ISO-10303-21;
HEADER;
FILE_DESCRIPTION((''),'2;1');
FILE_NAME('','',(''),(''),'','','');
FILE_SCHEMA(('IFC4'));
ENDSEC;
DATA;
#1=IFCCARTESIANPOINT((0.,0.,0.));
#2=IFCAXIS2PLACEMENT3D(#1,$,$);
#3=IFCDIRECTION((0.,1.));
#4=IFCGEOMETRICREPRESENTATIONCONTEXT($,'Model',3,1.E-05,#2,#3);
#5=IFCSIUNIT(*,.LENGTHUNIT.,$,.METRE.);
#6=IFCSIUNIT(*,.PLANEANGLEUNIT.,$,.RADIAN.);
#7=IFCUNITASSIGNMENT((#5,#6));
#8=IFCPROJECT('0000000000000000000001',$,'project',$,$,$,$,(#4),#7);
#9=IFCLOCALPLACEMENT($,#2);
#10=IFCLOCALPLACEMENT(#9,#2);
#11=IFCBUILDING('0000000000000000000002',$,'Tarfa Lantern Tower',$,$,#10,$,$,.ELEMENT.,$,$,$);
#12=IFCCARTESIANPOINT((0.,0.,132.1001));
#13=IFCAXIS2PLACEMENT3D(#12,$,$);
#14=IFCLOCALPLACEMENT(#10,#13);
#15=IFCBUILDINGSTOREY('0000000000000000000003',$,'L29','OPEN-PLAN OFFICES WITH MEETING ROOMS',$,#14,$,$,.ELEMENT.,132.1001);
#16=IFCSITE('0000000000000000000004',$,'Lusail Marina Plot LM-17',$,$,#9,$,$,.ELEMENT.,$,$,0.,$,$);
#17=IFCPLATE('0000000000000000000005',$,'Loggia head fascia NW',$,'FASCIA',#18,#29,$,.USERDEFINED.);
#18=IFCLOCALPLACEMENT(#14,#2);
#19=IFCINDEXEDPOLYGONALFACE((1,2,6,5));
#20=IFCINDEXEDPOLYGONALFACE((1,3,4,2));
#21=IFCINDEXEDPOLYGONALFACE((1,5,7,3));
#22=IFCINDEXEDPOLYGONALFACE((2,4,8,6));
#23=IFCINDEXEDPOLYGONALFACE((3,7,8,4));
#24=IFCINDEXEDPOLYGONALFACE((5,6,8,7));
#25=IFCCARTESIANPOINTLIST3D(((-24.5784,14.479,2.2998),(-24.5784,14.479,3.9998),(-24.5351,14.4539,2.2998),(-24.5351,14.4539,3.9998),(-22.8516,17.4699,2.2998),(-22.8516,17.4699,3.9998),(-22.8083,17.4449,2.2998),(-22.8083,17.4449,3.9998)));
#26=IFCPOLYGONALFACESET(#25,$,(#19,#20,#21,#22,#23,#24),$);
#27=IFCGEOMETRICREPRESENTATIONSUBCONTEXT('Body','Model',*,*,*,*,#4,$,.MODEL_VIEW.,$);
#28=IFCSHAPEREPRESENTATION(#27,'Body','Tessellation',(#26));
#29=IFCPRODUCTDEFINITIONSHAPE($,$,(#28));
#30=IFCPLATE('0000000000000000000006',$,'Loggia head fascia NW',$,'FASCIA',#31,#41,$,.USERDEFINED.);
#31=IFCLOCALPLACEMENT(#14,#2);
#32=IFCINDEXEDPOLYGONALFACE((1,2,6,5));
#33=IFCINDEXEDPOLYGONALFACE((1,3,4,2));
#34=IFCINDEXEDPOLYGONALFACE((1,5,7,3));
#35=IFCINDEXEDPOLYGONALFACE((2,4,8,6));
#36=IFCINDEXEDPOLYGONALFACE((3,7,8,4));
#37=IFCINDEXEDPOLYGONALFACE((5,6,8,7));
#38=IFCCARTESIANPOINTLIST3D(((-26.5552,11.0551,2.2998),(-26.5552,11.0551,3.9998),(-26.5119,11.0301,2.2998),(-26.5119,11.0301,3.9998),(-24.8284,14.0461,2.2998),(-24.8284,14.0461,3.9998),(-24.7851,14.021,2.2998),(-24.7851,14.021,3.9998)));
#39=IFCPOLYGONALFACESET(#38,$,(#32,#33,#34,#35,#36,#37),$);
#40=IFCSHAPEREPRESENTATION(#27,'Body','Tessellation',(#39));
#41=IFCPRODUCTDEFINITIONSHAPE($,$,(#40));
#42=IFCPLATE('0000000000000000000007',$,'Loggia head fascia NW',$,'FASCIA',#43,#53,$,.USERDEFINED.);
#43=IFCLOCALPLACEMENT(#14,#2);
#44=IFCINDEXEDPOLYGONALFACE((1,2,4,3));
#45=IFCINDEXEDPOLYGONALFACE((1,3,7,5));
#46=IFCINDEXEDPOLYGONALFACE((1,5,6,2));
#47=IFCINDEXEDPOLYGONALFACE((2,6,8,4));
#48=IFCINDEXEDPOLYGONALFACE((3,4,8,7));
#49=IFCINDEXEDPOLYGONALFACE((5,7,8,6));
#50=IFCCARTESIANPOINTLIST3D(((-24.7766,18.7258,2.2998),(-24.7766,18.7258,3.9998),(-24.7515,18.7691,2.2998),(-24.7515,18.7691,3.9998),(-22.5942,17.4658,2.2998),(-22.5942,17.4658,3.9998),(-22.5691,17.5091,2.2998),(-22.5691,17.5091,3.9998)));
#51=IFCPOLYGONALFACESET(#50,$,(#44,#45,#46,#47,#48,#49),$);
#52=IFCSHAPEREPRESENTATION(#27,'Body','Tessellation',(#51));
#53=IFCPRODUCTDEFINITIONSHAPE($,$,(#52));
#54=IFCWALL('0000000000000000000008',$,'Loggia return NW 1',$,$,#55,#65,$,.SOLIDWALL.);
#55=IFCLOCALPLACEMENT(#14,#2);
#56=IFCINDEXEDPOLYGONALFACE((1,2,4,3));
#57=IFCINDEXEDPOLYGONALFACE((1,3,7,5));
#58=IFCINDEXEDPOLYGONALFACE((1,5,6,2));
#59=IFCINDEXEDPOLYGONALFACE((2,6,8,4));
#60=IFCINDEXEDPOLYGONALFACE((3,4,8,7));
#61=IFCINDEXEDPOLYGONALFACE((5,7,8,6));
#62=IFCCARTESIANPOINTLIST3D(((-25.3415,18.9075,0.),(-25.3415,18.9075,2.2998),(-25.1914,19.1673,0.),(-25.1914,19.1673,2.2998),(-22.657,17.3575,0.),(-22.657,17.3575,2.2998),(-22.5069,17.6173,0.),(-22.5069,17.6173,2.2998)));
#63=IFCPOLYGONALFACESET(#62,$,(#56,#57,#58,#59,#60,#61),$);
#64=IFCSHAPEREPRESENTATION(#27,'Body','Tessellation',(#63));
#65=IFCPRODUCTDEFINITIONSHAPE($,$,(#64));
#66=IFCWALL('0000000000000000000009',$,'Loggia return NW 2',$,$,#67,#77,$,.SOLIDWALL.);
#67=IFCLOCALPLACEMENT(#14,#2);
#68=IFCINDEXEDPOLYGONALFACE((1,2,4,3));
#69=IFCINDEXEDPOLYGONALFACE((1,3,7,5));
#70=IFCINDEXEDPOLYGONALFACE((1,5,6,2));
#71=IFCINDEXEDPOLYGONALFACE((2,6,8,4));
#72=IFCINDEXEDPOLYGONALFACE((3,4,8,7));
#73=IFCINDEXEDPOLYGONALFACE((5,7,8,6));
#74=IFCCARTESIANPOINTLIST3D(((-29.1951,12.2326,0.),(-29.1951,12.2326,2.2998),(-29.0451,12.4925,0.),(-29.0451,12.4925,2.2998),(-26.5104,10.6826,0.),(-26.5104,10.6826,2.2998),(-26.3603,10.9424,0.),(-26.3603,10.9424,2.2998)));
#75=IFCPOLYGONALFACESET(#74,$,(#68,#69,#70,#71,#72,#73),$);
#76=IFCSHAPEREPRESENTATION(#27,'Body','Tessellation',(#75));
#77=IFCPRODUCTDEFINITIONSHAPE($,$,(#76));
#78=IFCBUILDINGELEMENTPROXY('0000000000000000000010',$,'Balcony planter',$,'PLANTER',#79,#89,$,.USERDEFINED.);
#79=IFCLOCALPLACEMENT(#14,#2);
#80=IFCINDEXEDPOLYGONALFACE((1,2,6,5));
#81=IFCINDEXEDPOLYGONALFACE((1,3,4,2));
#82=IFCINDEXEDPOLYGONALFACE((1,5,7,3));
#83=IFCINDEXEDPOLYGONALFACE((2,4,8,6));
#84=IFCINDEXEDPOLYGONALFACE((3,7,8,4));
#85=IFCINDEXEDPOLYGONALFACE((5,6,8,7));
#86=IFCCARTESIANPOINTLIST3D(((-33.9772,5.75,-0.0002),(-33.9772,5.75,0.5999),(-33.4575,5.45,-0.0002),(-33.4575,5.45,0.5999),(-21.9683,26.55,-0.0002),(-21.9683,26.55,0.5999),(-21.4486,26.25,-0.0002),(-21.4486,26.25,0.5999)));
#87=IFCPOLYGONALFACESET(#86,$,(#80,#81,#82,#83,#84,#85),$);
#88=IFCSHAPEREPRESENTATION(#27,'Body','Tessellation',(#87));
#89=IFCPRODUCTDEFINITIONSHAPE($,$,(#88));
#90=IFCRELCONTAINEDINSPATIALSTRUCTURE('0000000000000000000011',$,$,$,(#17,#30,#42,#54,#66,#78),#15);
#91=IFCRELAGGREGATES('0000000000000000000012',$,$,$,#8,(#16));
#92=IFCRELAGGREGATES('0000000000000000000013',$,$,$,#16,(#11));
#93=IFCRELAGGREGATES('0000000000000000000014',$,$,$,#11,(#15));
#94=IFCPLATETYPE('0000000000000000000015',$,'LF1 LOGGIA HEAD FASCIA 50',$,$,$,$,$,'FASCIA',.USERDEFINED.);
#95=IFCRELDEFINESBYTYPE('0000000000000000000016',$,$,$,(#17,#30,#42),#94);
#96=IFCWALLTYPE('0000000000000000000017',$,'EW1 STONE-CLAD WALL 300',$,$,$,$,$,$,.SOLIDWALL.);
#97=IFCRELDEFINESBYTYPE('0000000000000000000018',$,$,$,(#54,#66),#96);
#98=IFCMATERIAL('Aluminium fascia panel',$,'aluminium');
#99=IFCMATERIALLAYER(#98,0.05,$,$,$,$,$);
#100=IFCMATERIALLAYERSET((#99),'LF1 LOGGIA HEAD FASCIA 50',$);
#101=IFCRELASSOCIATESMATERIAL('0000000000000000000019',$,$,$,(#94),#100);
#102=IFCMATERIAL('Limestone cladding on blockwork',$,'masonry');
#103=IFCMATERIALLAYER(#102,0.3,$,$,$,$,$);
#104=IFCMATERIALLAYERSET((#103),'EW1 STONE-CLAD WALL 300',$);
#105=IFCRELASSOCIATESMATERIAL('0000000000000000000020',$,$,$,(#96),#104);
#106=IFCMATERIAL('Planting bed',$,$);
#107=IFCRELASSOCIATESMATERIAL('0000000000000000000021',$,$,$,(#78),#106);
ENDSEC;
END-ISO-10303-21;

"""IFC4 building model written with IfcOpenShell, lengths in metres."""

from ifc_helpers import new_model, si_unit, direction, frame, frame_2d, origin, origin_2d, place, context, subcontext, project, spatial, rectangle, extrude, material, layer, layer_set, type_object, element, save


model = new_model("IFC4")

# Units and contexts
model_context = context("Model", 3, precision=1e-05, world=origin(), true_north=direction((0.0, 1.0)))
body_context = subcontext(model_context, "Body", "Model", "MODEL_VIEW")
ifc_project = project(units=[si_unit("LENGTHUNIT", "METRE"), si_unit("PLANEANGLEUNIT", "RADIAN")], contexts=[model_context])

# Site, building, storey
site_placement = place(None, origin())
site = spatial("IfcSite", under=ifc_project, at=site_placement, Name="Lusail Marina Plot LM-17", CompositionType="ELEMENT", RefElevation=0.0)
building_placement = place(site_placement, origin())
building = spatial("IfcBuilding", under=site, at=building_placement, Name="Tarfa Lantern Tower", CompositionType="ELEMENT")
storey_placement = place(building_placement, frame((0.0, 0.0, 132.1001)))
storey = spatial("IfcBuildingStorey", under=building, at=storey_placement, Name="L29", Description="OPEN-PLAN OFFICES WITH MEETING ROOMS", CompositionType="ELEMENT", Elevation=132.1001)

# Plates
ifc_material_1 = material(Name="Aluminium fascia panel", Category="aluminium")
ifc_layer_1 = layer(ifc_material_1, 0.05)
ifc_layer_set_1 = layer_set([ifc_layer_1], Name="LF1 LOGGIA HEAD FASCIA 50")
plate_type_1 = type_object("IfcPlateType", Name="LF1 LOGGIA HEAD FASCIA 50", ElementType="FASCIA", PredefinedType="USERDEFINED", material=ifc_layer_set_1)
for number, where, z_axis, x_axis, name in (
    (1, (-23.6934, 15.9619, 2.2998), (0.0, 0.0, 1.0), (-0.5, -0.866025, 0.0), "Loggia head fascia NW"),
    (2, (-25.6702, 12.5381, 2.2998), (0.0, 0.0, 1.0), (-0.5, -0.866025, 0.0), "Loggia head fascia NW"),
):
    element("IfcPlate", number, at=place(storey_placement, frame(where, z_axis=z_axis, x_axis=x_axis)), inside=storey, type_object=plate_type_1, Name=name, ObjectType="FASCIA", PredefinedType="USERDEFINED", context=body_context, shape_type="SweptSolid", body=[
        extrude(rectangle(XDim=3.4536, YDim=0.05, at=origin_2d()), origin(), (0.0, 0.0, 1.0), 1.7),
    ])
plate_1_placement = place(storey_placement, frame((-23.6729, 18.1174, 2.2998), z_axis=(0.0, 0.0, 1.0), x_axis=(0.866025, -0.5, 0.0)))
element("IfcPlate", 3, at=plate_1_placement, inside=storey, type_object=plate_type_1, Name="Loggia head fascia NW", ObjectType="FASCIA", PredefinedType="USERDEFINED", context=body_context, shape_type="SweptSolid", body=[
    extrude(rectangle(XDim=2.52, YDim=0.05, at=origin_2d()), origin(), (0.0, 0.0, 1.0), 1.7),
])

# Walls
ifc_material_2 = material(Name="Limestone cladding on blockwork", Category="masonry")
ifc_layer_2 = layer(ifc_material_2, 0.3)
ifc_layer_set_2 = layer_set([ifc_layer_2], Name="EW1 STONE-CLAD WALL 300")
wall_type = type_object("IfcWallType", Name="EW1 STONE-CLAD WALL 300", PredefinedType="SOLIDWALL", material=ifc_layer_set_2)
wall_1_placement = place(storey_placement, frame((-25.2664, 19.0374, 0.0), z_axis=(0.0, 0.0, 1.0), x_axis=(0.86601, -0.500027, 0.0)))
element("IfcWall", 4, at=wall_1_placement, inside=storey, type_object=wall_type, Name="Loggia return NW 1", PredefinedType="SOLIDWALL", context=body_context, shape_type="SweptSolid", body=[
    extrude(rectangle(XDim=3.0999, YDim=0.3, at=frame_2d((1.5498, 0.0))), origin(), (0.0, 0.0, 1.0), 2.2998),
])
wall_2_placement = place(storey_placement, frame((-29.1201, 12.3625, 0.0), z_axis=(0.0, 0.0, 1.0), x_axis=(0.86603, -0.499993, 0.0)))
element("IfcWall", 5, at=wall_2_placement, inside=storey, type_object=wall_type, Name="Loggia return NW 2", PredefinedType="SOLIDWALL", context=body_context, shape_type="SweptSolid", body=[
    extrude(rectangle(XDim=3.1001, YDim=0.3, at=frame_2d((1.55, 0.0))), origin(), (0.0, 0.0, 1.0), 2.2998),
])

# Building element proxy
ifc_material_3 = material(Name="Planting bed")
proxy_placement = place(storey_placement, frame((-27.7129, 16.0, -0.0002), z_axis=(0.0, 0.0, 1.0), x_axis=(-0.5, -0.866025, 0.0)))
element("IfcBuildingElementProxy", 6, at=proxy_placement, inside=storey, material=ifc_material_3, Name="Balcony planter", ObjectType="PLANTER", PredefinedType="USERDEFINED", context=body_context, shape_type="SweptSolid", body=[
    extrude(rectangle(XDim=24.0178, YDim=0.6001, at=origin_2d()), origin(), (0.0, 0.0, 1.0), 0.6001),
])

save(model, "model.ifc")
